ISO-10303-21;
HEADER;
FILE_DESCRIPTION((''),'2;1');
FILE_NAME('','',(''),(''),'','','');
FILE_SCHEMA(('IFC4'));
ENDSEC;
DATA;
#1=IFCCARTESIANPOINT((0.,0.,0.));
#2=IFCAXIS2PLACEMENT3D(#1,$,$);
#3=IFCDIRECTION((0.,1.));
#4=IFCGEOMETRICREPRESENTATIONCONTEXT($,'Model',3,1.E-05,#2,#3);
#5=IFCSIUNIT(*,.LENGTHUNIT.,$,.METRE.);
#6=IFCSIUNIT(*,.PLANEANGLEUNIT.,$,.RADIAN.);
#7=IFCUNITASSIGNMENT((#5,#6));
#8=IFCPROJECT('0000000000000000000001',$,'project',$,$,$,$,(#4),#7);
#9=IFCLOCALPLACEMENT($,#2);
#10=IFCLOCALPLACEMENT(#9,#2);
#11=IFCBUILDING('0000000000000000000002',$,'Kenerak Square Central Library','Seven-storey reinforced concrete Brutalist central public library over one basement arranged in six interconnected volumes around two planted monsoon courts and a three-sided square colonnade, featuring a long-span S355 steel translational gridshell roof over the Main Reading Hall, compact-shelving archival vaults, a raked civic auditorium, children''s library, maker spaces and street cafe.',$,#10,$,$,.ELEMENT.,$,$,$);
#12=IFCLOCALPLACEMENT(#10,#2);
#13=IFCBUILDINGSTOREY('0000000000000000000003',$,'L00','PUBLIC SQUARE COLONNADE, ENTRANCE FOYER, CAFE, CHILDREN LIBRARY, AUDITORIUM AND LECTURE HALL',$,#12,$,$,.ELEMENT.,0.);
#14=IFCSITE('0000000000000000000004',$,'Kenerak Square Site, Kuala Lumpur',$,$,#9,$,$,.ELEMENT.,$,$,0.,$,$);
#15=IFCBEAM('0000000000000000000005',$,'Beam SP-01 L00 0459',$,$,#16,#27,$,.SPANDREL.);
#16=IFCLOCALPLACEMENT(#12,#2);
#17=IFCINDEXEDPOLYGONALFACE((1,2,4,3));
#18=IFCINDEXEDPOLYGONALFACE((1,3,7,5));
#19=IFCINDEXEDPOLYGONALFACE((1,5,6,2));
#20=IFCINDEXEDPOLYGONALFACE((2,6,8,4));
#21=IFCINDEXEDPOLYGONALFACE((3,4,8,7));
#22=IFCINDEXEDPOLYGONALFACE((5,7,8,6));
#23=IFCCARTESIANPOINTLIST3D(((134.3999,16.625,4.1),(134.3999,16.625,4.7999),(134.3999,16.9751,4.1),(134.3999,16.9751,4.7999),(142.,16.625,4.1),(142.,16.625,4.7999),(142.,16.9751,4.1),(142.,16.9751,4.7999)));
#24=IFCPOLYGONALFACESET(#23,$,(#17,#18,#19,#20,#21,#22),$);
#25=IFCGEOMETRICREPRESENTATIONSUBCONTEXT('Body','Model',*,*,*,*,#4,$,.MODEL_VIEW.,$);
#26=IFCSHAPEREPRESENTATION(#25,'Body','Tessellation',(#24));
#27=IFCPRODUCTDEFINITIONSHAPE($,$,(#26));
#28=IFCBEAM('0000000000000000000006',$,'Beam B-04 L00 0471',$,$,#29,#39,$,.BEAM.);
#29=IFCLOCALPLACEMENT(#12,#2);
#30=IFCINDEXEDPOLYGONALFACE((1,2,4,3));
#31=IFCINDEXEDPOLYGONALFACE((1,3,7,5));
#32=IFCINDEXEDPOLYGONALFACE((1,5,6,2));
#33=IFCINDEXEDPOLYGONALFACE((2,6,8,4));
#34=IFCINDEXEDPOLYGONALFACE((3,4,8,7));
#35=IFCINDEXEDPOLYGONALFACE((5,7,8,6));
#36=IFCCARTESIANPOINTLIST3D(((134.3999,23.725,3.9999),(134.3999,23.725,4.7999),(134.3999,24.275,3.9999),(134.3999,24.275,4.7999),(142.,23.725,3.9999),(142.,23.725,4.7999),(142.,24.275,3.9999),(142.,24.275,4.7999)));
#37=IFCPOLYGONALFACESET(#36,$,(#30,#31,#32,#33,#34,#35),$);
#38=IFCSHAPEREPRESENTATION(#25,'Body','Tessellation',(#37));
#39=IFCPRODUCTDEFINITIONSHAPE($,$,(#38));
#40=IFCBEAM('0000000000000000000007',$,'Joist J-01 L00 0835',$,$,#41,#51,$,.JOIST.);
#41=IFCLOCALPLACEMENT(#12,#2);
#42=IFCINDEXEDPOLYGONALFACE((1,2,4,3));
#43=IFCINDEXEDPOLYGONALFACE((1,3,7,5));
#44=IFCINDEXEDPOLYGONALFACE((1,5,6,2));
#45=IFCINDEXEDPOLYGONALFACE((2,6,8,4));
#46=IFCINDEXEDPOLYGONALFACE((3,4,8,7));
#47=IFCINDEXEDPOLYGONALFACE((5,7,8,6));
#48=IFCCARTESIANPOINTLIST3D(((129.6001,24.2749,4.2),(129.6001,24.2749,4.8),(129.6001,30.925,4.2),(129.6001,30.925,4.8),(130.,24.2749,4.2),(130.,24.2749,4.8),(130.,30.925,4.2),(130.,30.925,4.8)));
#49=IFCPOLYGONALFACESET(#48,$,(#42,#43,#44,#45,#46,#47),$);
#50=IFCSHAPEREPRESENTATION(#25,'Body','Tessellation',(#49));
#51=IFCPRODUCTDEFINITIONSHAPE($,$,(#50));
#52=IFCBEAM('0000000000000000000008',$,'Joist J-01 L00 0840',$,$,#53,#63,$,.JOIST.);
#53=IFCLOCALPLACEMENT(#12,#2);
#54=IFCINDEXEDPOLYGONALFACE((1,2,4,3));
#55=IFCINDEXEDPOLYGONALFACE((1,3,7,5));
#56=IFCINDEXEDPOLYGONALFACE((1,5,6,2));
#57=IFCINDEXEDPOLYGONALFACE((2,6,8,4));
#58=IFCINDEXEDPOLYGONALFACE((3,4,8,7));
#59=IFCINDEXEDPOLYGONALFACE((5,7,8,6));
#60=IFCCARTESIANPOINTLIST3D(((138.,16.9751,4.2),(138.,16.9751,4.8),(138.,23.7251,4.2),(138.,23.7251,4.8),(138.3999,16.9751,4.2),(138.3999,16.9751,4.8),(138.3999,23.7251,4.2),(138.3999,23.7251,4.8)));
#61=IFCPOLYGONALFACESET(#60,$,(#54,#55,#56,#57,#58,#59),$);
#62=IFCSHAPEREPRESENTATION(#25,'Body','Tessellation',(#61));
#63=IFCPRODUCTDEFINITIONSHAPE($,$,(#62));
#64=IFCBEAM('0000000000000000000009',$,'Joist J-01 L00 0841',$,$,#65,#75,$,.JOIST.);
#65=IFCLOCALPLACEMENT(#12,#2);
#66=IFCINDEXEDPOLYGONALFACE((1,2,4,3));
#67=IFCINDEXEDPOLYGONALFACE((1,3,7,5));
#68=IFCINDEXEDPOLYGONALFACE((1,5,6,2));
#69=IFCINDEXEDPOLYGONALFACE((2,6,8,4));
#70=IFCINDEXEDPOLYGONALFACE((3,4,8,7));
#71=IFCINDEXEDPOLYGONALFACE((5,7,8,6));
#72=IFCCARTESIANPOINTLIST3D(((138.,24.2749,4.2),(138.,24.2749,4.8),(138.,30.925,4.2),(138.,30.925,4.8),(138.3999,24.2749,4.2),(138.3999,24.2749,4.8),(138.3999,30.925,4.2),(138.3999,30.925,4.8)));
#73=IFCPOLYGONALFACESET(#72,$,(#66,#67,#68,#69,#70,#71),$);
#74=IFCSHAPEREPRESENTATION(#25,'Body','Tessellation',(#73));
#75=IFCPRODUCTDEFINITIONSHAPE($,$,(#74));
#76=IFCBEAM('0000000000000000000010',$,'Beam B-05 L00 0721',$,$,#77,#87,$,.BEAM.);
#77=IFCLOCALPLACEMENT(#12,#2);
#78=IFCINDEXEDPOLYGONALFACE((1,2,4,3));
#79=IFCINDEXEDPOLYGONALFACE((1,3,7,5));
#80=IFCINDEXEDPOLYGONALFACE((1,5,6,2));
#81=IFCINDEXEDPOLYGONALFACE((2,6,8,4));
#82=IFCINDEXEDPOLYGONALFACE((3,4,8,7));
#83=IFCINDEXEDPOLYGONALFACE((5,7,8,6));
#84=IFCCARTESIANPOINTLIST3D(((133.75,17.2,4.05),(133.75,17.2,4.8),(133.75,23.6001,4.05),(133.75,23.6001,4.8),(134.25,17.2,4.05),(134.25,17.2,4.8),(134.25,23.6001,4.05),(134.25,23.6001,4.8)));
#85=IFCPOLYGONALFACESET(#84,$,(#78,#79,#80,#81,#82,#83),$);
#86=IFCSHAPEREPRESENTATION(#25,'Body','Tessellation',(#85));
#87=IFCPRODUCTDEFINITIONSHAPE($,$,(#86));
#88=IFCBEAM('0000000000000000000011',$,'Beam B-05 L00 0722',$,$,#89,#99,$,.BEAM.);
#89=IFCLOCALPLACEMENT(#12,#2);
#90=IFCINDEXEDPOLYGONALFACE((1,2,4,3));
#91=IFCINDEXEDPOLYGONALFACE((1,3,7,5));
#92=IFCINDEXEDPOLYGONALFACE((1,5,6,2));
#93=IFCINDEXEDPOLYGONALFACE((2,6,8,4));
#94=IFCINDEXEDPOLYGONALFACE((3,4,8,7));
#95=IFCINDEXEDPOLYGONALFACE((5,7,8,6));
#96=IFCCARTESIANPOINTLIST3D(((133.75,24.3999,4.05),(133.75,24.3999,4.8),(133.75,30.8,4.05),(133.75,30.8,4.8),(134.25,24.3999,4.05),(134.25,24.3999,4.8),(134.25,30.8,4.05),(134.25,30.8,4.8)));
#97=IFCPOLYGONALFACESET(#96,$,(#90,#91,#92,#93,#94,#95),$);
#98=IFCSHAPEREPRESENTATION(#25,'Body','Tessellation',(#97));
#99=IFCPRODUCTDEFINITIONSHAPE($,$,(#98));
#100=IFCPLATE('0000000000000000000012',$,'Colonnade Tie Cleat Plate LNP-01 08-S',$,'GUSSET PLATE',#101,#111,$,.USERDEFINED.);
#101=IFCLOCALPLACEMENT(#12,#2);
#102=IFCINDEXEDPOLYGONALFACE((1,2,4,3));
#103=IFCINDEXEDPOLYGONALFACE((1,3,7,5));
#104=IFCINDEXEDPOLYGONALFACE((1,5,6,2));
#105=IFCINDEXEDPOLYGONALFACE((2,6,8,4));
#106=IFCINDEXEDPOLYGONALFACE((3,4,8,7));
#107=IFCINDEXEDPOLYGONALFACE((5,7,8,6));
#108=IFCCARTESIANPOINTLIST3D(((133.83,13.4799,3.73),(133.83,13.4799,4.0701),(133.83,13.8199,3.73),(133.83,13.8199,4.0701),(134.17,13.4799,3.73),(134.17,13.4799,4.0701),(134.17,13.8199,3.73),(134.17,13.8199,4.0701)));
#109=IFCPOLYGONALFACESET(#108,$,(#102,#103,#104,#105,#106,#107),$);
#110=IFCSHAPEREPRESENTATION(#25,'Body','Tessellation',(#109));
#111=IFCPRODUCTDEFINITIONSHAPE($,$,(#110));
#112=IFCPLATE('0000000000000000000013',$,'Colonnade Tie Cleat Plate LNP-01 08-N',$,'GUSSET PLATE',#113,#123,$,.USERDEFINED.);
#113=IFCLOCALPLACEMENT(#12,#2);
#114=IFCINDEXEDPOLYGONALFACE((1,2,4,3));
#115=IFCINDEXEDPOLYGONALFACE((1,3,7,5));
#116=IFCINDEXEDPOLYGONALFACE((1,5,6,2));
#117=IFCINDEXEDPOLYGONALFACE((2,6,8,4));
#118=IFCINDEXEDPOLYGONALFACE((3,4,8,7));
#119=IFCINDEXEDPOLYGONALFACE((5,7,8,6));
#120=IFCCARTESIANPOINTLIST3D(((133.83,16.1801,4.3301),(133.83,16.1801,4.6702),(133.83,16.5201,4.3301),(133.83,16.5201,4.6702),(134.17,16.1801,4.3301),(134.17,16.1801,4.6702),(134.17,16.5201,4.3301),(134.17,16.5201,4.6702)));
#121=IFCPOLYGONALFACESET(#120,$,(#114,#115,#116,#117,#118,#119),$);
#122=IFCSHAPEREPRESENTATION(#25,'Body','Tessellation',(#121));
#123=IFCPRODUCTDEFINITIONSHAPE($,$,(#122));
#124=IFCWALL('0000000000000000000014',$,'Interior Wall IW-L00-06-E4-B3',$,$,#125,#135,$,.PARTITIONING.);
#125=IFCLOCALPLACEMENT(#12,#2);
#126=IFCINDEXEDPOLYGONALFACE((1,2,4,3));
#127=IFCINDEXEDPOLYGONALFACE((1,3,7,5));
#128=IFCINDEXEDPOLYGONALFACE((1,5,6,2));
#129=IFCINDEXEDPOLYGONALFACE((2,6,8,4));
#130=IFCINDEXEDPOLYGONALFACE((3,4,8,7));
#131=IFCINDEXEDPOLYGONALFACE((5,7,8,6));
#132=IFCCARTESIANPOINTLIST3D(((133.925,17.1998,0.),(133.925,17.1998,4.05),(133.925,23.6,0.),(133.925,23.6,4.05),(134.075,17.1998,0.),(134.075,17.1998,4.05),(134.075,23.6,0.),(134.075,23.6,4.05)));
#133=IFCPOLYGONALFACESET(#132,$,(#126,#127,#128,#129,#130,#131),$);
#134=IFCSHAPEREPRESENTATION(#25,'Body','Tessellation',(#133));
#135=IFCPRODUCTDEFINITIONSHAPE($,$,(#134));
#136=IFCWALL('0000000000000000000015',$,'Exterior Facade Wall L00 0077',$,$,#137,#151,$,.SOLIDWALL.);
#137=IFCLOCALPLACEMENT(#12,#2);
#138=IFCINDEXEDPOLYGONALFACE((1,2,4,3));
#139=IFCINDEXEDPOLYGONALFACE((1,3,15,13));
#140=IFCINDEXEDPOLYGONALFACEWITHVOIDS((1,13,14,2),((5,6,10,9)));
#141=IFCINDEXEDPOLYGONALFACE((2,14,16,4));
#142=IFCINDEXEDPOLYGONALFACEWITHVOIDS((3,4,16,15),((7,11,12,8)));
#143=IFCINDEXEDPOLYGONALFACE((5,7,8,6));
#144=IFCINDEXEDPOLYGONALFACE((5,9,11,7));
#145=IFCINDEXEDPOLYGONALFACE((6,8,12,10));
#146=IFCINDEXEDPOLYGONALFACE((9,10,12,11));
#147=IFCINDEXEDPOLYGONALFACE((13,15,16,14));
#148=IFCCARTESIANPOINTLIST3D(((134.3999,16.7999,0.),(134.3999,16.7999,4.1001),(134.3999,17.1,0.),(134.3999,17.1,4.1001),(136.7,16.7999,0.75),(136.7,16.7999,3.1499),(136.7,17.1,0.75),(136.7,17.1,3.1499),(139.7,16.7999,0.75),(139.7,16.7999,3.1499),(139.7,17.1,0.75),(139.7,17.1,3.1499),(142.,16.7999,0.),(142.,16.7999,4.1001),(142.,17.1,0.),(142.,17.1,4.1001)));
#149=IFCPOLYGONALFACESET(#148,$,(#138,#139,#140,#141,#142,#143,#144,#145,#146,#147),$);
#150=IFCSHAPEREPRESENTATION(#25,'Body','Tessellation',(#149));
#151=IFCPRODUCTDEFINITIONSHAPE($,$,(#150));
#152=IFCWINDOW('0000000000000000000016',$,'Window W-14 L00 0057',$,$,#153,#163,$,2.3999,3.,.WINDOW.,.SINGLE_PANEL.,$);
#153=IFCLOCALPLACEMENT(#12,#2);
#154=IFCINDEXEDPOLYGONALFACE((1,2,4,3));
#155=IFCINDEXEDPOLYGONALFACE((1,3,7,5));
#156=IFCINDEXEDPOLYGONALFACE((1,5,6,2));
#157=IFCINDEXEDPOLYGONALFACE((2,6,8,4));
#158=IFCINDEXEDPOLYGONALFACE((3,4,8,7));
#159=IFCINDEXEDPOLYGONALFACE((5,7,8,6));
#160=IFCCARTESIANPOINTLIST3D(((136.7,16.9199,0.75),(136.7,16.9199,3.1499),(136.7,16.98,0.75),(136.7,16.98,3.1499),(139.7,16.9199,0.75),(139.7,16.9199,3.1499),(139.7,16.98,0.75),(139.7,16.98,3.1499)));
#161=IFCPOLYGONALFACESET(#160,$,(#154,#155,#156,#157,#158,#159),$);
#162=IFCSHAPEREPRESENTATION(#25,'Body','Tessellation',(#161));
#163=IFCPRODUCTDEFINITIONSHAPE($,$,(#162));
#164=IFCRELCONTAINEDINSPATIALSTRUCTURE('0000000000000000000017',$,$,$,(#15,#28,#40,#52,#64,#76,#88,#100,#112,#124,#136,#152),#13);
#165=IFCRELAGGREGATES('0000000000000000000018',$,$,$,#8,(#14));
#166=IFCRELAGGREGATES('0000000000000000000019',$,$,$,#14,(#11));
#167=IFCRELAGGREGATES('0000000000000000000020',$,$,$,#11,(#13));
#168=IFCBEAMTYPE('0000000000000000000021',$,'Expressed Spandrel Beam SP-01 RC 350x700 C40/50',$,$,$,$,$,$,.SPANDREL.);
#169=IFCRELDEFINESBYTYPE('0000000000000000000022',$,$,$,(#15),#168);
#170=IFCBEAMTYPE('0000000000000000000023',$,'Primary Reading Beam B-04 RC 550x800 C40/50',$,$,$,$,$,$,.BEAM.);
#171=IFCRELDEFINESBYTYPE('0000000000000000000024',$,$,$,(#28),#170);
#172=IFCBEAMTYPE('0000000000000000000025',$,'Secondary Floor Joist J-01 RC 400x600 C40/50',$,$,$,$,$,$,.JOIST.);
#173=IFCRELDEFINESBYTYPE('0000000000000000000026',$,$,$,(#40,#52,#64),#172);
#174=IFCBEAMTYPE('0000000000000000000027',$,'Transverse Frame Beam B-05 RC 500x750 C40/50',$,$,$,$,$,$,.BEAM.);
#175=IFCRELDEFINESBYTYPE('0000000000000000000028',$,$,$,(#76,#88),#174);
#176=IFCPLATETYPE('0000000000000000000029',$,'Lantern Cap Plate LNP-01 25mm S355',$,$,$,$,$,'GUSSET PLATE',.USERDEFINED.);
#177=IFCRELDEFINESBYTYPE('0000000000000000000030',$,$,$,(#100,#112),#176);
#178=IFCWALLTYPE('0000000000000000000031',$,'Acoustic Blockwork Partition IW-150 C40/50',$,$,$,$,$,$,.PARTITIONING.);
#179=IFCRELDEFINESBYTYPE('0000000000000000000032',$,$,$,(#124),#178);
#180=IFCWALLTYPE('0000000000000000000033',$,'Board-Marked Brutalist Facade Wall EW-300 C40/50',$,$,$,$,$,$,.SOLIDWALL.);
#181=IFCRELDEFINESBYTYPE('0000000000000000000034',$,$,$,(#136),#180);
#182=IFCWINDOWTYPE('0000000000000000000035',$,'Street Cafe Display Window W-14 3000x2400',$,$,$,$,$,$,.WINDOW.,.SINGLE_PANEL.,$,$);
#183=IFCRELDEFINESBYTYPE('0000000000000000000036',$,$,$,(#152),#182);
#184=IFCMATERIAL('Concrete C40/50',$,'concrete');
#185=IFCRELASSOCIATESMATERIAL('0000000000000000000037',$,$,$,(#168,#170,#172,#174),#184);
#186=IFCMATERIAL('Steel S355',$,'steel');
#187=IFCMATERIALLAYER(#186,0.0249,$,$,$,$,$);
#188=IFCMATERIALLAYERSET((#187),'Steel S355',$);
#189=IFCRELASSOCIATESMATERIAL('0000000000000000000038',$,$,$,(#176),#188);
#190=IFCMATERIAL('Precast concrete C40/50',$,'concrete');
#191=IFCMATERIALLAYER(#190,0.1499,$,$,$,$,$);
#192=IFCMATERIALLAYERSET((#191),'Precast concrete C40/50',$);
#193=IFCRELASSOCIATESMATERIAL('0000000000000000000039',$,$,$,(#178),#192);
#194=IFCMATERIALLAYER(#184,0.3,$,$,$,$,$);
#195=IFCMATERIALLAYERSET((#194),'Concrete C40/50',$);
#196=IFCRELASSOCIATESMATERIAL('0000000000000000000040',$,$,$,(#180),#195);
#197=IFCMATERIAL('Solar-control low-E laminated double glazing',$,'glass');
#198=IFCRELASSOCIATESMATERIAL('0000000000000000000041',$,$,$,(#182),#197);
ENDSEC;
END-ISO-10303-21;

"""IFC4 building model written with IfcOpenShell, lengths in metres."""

from ifc_helpers import new_model, si_unit, direction, frame, frame_2d, origin, origin_2d, place, context, subcontext, project, spatial, rectangle, extrude, material, layer, layer_set, material_profile, profile_set, type_object, element, fill, save


model = new_model("IFC4")

# Units and contexts
model_context = context("Model", 3, precision=1e-05, world=origin(), true_north=direction((0.0, 1.0)))
body_context = subcontext(model_context, "Body", "Model", "MODEL_VIEW")
ifc_project = project(units=[si_unit("LENGTHUNIT", "METRE"), si_unit("PLANEANGLEUNIT", "RADIAN")], contexts=[model_context])

# Site, building, storey
site_placement = place(None, origin())
site = spatial("IfcSite", under=ifc_project, at=site_placement, Name="Kenerak Square Site, Kuala Lumpur", CompositionType="ELEMENT", RefElevation=0.0)
building_placement = place(site_placement, origin())
building = spatial("IfcBuilding", under=site, at=building_placement, Name="Kenerak Square Central Library", Description="Seven-storey reinforced concrete Brutalist central public library over one basement arranged in six interconnected volumes around two planted monsoon courts and a three-sided square colonnade, featuring a long-span S355 steel translational gridshell roof over the Main Reading Hall, compact-shelving archival vaults, a raked civic auditorium, children's library, maker spaces and street cafe.", CompositionType="ELEMENT")
storey_placement = place(building_placement, origin())
storey = spatial("IfcBuildingStorey", under=building, at=storey_placement, Name="L00", Description="PUBLIC SQUARE COLONNADE, ENTRANCE FOYER, CAFE, CHILDREN LIBRARY, AUDITORIUM AND LECTURE HALL", CompositionType="ELEMENT", Elevation=0.0)

# Shared definitions
ifc_material_1 = material(Name="Steel S355", Category="steel")

# Beams
ifc_material_2 = material(Name="Concrete C40/50", Category="concrete")
ifc_material_profile_1 = material_profile(ifc_material_2, rectangle(XDim=0.3501, YDim=0.7, at=origin_2d()), Name="RC 350x700")
ifc_profile_set_1 = profile_set([ifc_material_profile_1], Name="Concrete C40/50")
beam_type_1 = type_object("IfcBeamType", Name="Expressed Spandrel Beam SP-01 RC 350x700 C40/50", PredefinedType="SPANDREL", material=ifc_profile_set_1)
beam_1_placement = place(storey_placement, frame((134.3999, 16.8, 4.45), z_axis=(1.0, 0.0, 0.0), x_axis=(0.0, 1.0, 0.0)))
element("IfcBeam", 1, at=beam_1_placement, inside=storey, type_object=beam_type_1, Name="Beam SP-01 L00 0459", PredefinedType="SPANDREL", context=body_context, shape_type="SweptSolid", body=[
    extrude(rectangle(XDim=0.3501, YDim=0.7, at=origin_2d()), origin(), (0.0, 0.0, 1.0), 7.6001),
])
ifc_material_profile_2 = material_profile(ifc_material_2, rectangle(XDim=0.55, YDim=0.8, at=origin_2d()), Name="RC 550x800")
ifc_profile_set_2 = profile_set([ifc_material_profile_2], Name="Concrete C40/50")
beam_type_2 = type_object("IfcBeamType", Name="Primary Reading Beam B-04 RC 550x800 C40/50", PredefinedType="BEAM", material=ifc_profile_set_2)
beam_2_placement = place(storey_placement, frame((134.3999, 24.0, 4.3999), z_axis=(1.0, 0.0, 0.0), x_axis=(0.0, 1.0, 0.0)))
element("IfcBeam", 2, at=beam_2_placement, inside=storey, type_object=beam_type_2, Name="Beam B-04 L00 0471", PredefinedType="BEAM", context=body_context, shape_type="SweptSolid", body=[
    extrude(rectangle(XDim=0.55, YDim=0.8, at=origin_2d()), origin(), (0.0, 0.0, 1.0), 7.6001),
])
ifc_material_profile_3 = material_profile(ifc_material_2, rectangle(XDim=0.3999, YDim=0.6001, at=origin_2d()), Name="RC 400x600")
ifc_profile_set_3 = profile_set([ifc_material_profile_3], Name="Concrete C40/50")
beam_type_3 = type_object("IfcBeamType", Name="Secondary Floor Joist J-01 RC 400x600 C40/50", PredefinedType="JOIST", material=ifc_profile_set_3)
beam_3_placement = place(storey_placement, frame((129.8, 24.2749, 4.5), z_axis=(0.0, 1.0, 0.0), x_axis=(-1.0, 0.0, 0.0)))
element("IfcBeam", 3, at=beam_3_placement, inside=storey, type_object=beam_type_3, Name="Joist J-01 L00 0835", PredefinedType="JOIST", context=body_context, shape_type="SweptSolid", body=[
    extrude(rectangle(XDim=0.3999, YDim=0.6001, at=origin_2d()), origin(), (0.0, 0.0, 1.0), 6.6501),
])
beam_4_placement = place(storey_placement, frame((138.2, 16.9751, 4.5), z_axis=(0.0, 1.0, 0.0), x_axis=(-1.0, 0.0, 0.0)))
element("IfcBeam", 4, at=beam_4_placement, inside=storey, type_object=beam_type_3, Name="Joist J-01 L00 0840", PredefinedType="JOIST", context=body_context, shape_type="SweptSolid", body=[
    extrude(rectangle(XDim=0.3999, YDim=0.6001, at=origin_2d()), origin(), (0.0, 0.0, 1.0), 6.75),
])
beam_5_placement = place(storey_placement, frame((138.2, 24.2749, 4.5), z_axis=(0.0, 1.0, 0.0), x_axis=(-1.0, 0.0, 0.0)))
element("IfcBeam", 5, at=beam_5_placement, inside=storey, type_object=beam_type_3, Name="Joist J-01 L00 0841", PredefinedType="JOIST", context=body_context, shape_type="SweptSolid", body=[
    extrude(rectangle(XDim=0.3999, YDim=0.6001, at=origin_2d()), origin(), (0.0, 0.0, 1.0), 6.6501),
])
ifc_material_profile_4 = material_profile(ifc_material_2, rectangle(XDim=0.5, YDim=0.75, at=origin_2d()), Name="RC 500x750")
ifc_profile_set_4 = profile_set([ifc_material_profile_4], Name="Concrete C40/50")
beam_type_4 = type_object("IfcBeamType", Name="Transverse Frame Beam B-05 RC 500x750 C40/50", PredefinedType="BEAM", material=ifc_profile_set_4)
for number, where, z_axis, x_axis, name in (
    (6, (134.0, 17.2, 4.425), (0.0, 1.0, 0.0), (-1.0, 0.0, 0.0), "Beam B-05 L00 0721"),
    (7, (134.0, 24.3999, 4.425), (0.0, 1.0, 0.0), (-1.0, 0.0, 0.0), "Beam B-05 L00 0722"),
):
    element("IfcBeam", number, at=place(storey_placement, frame(where, z_axis=z_axis, x_axis=x_axis)), inside=storey, type_object=beam_type_4, Name=name, PredefinedType="BEAM", context=body_context, shape_type="SweptSolid", body=[
        extrude(rectangle(XDim=0.5, YDim=0.75, at=origin_2d()), origin(), (0.0, 0.0, 1.0), 6.4001),
    ])

# Plates
ifc_layer_1 = layer(ifc_material_1, 0.0249)
ifc_layer_set_1 = layer_set([ifc_layer_1], Name="Steel S355")
plate_type = type_object("IfcPlateType", Name="Lantern Cap Plate LNP-01 25mm S355", ElementType="GUSSET PLATE", PredefinedType="USERDEFINED", material=ifc_layer_set_1)
for number, where, z_axis, x_axis, name in (
    (8, (134.0, 13.6499, 3.73), (0.0, 0.0, 1.0), (1.0, 0.0, 0.0), "Colonnade Tie Cleat Plate LNP-01 08-S"),
    (9, (134.0, 16.3501, 4.3301), (0.0, 0.0, 1.0), (1.0, 0.0, 0.0), "Colonnade Tie Cleat Plate LNP-01 08-N"),
):
    element("IfcPlate", number, at=place(storey_placement, frame(where, z_axis=z_axis, x_axis=x_axis)), inside=storey, type_object=plate_type, Name=name, ObjectType="GUSSET PLATE", PredefinedType="USERDEFINED", context=body_context, shape_type="SweptSolid", body=[
        extrude(rectangle(XDim=0.3401, YDim=0.3401, at=origin_2d()), origin(), (0.0, 0.0, 1.0), 0.3401),
    ])

# Wall
ifc_material_3 = material(Name="Precast concrete C40/50", Category="concrete")
ifc_layer_2 = layer(ifc_material_3, 0.1499)
ifc_layer_set_2 = layer_set([ifc_layer_2], Name="Precast concrete C40/50")
wall_type_1 = type_object("IfcWallType", Name="Acoustic Blockwork Partition IW-150 C40/50", PredefinedType="PARTITIONING", material=ifc_layer_set_2)
wall_1_placement = place(storey_placement, frame((134.0, 23.6001, 0.0), z_axis=(0.0, 0.0, 1.0), x_axis=(0.0, -1.0, 0.0)))
element("IfcWall", 10, at=wall_1_placement, inside=storey, type_object=wall_type_1, Name="Interior Wall IW-L00-06-E4-B3", PredefinedType="PARTITIONING", context=body_context, shape_type="SweptSolid", body=[
    extrude(rectangle(XDim=6.4001, YDim=0.1499, at=frame_2d((3.2002, 0.0))), origin(), (0.0, 0.0, 1.0), 4.05),
])

# Wall, opening, window
ifc_layer_3 = layer(ifc_material_2, 0.3)
ifc_layer_set_3 = layer_set([ifc_layer_3], Name="Concrete C40/50")
wall_type_2 = type_object("IfcWallType", Name="Board-Marked Brutalist Facade Wall EW-300 C40/50", PredefinedType="SOLIDWALL", material=ifc_layer_set_3)
wall_2_placement = place(storey_placement, frame((142.0, 16.95, 0.0), z_axis=(0.0, 0.0, 1.0), x_axis=(-1.0, 0.0, 0.0)))
wall_2 = element("IfcWall", 11, at=wall_2_placement, inside=storey, type_object=wall_type_2, Name="Exterior Facade Wall L00 0077", PredefinedType="SOLIDWALL", context=body_context, shape_type="SweptSolid", body=[
    extrude(rectangle(XDim=7.6001, YDim=0.3, at=frame_2d((3.8, 0.0))), origin(), (0.0, 0.0, 1.0), 4.1001),
])
opening_1_placement = place(wall_2_placement, frame((2.3, 0.0, 0.75)))
opening_1 = element("IfcOpeningElement", 12, at=opening_1_placement, cuts=wall_2, PredefinedType="OPENING", context=body_context, shape_type="SweptSolid", body=[
    extrude(rectangle(XDim=3.0, YDim=2.3999, at=frame_2d((1.5, 1.2))), frame((0.0, 0.1599, 0.0), z_axis=(0.0, -1.0, 0.0), x_axis=(1.0, 0.0, 0.0)), (0.0, 0.0, 1.0), 0.3201),
])
ifc_material_4 = material(Name="Solar-control low-E laminated double glazing", Category="glass")
window_type = type_object("IfcWindowType", Name="Street Cafe Display Window W-14 3000x2400", PartitioningType="SINGLE_PANEL", PredefinedType="WINDOW", material=ifc_material_4)
window_placement = place(opening_1_placement, origin())
window = element("IfcWindow", 13, at=window_placement, inside=storey, type_object=window_type, Name="Window W-14 L00 0057", OverallHeight=2.3999, OverallWidth=3.0, PartitioningType="SINGLE_PANEL", PredefinedType="WINDOW", context=body_context, shape_type="SweptSolid", body=[
    extrude(rectangle(XDim=3.0, YDim=2.3999, at=frame_2d((1.5, 1.2))), frame((0.0, 0.03, 0.0), z_axis=(0.0, -1.0, 0.0), x_axis=(1.0, 0.0, 0.0)), (0.0, 0.0, 1.0), 0.0601),
])
fill(opening_1, window)

save(model, "model.ifc")
